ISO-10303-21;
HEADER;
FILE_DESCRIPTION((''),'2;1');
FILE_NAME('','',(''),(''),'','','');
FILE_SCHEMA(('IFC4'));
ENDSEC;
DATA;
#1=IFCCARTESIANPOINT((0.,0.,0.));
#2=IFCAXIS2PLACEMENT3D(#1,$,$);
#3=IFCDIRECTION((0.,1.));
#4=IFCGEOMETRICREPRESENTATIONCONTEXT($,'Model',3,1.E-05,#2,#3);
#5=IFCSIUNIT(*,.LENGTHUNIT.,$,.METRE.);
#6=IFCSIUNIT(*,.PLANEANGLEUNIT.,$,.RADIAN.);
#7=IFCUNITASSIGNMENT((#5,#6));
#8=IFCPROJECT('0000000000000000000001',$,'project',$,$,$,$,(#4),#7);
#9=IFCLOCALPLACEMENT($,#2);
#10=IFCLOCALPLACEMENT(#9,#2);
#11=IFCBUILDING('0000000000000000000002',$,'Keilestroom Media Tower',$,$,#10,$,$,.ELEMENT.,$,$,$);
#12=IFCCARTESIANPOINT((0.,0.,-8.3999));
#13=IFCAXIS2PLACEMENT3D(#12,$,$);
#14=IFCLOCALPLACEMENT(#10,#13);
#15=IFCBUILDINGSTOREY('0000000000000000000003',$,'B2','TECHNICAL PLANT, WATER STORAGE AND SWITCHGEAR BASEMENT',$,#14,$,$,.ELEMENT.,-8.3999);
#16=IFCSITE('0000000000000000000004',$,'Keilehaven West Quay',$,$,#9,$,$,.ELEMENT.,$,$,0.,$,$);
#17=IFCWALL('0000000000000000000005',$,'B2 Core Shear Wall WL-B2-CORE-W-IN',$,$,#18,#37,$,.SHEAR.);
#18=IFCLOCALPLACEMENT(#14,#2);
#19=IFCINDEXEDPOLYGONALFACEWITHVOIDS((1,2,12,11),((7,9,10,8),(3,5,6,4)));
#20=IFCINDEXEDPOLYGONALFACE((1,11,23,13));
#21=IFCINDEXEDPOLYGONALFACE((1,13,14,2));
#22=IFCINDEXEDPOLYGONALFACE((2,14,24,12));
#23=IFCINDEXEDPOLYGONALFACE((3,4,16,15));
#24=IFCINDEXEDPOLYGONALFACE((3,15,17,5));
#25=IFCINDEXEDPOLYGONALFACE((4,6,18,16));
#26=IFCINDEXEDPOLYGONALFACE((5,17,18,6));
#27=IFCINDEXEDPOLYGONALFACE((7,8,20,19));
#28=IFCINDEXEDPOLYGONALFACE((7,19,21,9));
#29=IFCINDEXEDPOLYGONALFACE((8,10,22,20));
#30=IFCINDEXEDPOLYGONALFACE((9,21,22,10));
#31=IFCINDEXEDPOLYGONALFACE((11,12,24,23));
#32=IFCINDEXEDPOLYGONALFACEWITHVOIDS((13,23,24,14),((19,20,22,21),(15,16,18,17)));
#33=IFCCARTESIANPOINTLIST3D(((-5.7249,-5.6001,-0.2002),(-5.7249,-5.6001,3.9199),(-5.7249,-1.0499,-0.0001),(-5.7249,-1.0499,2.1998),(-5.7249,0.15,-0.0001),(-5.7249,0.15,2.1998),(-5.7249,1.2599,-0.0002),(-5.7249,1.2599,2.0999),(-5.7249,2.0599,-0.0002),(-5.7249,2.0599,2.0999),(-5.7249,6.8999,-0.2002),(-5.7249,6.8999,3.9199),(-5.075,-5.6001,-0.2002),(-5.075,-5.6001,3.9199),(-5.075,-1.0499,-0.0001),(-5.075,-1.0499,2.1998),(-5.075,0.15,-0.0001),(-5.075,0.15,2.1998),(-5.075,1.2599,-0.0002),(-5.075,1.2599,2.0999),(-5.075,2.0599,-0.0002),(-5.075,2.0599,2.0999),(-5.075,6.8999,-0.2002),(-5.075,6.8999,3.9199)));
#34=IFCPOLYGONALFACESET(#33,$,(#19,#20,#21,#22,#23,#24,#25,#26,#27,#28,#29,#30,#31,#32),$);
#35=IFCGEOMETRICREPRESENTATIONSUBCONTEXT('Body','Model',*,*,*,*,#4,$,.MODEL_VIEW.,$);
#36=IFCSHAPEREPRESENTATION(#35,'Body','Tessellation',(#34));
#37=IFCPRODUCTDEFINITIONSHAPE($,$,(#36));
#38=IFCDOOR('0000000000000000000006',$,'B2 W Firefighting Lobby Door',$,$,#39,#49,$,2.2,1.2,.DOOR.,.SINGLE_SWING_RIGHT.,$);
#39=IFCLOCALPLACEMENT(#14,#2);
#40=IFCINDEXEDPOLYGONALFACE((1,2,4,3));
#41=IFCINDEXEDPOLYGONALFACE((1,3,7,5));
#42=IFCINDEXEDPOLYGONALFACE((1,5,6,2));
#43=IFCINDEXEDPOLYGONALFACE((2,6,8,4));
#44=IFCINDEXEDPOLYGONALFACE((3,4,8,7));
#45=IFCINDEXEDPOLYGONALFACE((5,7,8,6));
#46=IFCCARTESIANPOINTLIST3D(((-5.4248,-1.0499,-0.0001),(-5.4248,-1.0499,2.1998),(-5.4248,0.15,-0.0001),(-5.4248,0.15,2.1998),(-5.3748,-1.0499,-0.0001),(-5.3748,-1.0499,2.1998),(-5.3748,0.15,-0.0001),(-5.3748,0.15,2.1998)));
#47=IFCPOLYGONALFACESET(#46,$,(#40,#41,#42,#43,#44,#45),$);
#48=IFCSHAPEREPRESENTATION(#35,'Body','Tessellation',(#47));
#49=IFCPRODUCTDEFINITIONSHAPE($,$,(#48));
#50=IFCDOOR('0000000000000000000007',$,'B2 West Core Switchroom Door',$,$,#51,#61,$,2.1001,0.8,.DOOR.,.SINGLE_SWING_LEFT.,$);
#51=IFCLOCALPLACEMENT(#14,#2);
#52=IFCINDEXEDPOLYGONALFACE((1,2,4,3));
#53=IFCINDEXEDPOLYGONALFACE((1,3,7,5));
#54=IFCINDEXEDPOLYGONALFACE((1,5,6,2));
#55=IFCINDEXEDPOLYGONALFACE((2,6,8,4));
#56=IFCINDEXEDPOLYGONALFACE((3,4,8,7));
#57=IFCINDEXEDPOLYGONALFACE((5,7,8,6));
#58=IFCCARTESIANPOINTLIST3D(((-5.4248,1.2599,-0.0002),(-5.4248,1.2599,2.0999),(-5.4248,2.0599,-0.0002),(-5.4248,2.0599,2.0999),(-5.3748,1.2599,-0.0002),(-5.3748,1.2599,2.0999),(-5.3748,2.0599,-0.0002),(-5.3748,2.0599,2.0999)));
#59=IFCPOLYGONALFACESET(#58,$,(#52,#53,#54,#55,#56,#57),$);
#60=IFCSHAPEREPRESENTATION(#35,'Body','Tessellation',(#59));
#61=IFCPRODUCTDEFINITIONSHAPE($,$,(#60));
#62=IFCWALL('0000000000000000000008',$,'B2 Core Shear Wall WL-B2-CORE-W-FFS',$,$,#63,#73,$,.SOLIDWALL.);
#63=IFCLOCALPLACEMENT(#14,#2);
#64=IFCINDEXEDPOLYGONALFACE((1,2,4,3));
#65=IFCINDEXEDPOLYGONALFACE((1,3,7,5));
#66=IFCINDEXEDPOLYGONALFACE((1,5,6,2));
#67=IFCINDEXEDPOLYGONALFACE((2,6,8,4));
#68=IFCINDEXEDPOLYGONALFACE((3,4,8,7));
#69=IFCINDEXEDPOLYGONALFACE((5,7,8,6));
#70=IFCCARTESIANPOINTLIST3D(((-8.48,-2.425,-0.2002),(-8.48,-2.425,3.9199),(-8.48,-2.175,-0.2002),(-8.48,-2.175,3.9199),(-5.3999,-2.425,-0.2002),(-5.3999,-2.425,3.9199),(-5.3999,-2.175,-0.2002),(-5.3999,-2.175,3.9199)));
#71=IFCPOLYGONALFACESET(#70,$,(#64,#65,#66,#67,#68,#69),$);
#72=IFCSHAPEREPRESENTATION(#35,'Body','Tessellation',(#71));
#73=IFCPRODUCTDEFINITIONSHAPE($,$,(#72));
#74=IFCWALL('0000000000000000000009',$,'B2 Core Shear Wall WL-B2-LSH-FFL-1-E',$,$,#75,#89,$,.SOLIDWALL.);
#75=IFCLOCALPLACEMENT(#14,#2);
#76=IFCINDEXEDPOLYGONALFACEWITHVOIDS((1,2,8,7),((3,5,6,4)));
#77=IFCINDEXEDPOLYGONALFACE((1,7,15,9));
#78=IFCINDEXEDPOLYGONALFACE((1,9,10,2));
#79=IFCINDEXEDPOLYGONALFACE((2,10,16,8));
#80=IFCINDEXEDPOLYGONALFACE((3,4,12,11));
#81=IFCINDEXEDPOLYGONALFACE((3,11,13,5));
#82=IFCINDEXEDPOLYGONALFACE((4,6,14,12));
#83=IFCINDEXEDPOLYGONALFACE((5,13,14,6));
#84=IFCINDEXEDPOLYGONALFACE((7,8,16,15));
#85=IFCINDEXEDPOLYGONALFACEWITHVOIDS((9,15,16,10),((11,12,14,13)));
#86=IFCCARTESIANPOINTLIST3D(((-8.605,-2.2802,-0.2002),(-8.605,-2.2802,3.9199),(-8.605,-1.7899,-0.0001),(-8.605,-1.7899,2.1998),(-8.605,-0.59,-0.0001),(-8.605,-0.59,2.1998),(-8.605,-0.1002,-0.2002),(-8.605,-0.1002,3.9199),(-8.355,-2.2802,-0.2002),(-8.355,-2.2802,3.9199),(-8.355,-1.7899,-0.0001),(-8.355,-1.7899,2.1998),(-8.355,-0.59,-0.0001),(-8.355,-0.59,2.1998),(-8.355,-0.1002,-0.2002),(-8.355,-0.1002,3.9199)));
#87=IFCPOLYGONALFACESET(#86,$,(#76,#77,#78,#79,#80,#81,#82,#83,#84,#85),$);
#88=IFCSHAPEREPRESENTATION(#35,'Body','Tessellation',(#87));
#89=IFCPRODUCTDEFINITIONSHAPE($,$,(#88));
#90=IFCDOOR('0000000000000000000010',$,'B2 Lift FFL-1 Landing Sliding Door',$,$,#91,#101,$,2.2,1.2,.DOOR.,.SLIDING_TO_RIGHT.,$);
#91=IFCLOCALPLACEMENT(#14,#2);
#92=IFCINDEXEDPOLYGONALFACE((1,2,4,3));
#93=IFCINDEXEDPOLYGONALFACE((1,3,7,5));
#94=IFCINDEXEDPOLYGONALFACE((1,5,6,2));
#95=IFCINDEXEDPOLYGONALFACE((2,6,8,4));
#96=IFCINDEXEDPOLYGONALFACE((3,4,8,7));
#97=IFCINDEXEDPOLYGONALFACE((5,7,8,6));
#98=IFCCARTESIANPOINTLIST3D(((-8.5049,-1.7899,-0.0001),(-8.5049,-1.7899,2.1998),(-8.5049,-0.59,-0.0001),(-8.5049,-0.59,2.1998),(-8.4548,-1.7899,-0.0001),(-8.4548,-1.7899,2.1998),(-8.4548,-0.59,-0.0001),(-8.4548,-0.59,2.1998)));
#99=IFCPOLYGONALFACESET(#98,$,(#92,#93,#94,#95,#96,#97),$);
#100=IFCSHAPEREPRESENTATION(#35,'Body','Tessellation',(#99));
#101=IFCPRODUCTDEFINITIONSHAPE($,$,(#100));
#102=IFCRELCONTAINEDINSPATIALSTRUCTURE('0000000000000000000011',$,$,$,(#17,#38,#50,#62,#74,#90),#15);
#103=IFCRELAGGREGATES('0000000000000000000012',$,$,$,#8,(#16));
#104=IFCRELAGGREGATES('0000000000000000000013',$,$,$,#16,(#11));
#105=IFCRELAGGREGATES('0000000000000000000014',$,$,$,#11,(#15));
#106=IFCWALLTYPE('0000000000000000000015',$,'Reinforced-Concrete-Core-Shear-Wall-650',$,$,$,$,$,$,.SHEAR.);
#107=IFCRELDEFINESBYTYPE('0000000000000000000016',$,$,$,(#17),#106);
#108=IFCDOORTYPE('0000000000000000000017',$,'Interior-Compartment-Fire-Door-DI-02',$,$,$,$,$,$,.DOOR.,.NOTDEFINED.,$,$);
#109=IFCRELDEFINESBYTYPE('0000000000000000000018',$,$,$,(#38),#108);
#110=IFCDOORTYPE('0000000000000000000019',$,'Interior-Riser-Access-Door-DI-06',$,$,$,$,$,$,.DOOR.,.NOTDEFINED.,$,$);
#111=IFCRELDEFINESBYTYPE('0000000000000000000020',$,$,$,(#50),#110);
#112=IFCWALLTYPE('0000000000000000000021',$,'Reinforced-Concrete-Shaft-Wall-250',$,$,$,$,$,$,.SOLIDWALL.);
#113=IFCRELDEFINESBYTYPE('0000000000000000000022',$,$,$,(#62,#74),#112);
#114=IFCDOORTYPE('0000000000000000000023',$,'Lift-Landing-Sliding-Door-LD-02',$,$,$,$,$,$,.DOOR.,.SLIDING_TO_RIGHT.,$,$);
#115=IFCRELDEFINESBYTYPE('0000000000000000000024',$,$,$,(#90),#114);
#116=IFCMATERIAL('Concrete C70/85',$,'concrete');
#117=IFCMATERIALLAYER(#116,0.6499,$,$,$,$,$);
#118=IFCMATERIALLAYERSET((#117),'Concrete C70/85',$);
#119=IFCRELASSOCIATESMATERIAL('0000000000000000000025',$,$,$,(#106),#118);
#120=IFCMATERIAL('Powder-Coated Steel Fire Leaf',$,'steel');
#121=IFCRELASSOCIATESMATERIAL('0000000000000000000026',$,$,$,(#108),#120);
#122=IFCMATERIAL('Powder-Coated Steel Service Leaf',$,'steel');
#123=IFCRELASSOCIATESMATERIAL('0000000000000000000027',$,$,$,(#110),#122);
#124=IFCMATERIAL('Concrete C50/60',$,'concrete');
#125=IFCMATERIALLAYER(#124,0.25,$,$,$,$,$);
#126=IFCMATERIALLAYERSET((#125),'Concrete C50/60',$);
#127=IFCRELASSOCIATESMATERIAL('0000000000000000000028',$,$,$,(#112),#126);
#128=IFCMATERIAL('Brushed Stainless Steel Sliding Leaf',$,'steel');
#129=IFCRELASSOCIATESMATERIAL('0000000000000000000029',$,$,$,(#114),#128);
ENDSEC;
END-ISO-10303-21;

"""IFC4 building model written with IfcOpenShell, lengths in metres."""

from ifc_helpers import new_model, si_unit, direction, frame, frame_2d, origin, place, context, subcontext, project, spatial, rectangle, extrude, source, transform, mapped, material, layer, layer_set, type_object, element, fill, save


model = new_model("IFC4")

# Units and contexts
model_context = context("Model", 3, precision=1e-05, world=origin(), true_north=direction((0.0, 1.0)))
body_context = subcontext(model_context, "Body", "Model", "MODEL_VIEW")
ifc_project = project(units=[si_unit("LENGTHUNIT", "METRE"), si_unit("PLANEANGLEUNIT", "RADIAN")], contexts=[model_context])

# Site, building, storey
site_placement = place(None, origin())
site = spatial("IfcSite", under=ifc_project, at=site_placement, Name="Keilehaven West Quay", CompositionType="ELEMENT", RefElevation=0.0)
building_placement = place(site_placement, origin())
building = spatial("IfcBuilding", under=site, at=building_placement, Name="Keilestroom Media Tower", CompositionType="ELEMENT")
storey_placement = place(building_placement, frame((0.0, 0.0, -8.3999)))
storey = spatial("IfcBuildingStorey", under=building, at=storey_placement, Name="B2", Description="TECHNICAL PLANT, WATER STORAGE AND SWITCHGEAR BASEMENT", CompositionType="ELEMENT", Elevation=-8.3999)

# Shared definitions
ifc_material_1 = material(Name="Concrete C70/85", Category="concrete")

# Wall, openings, doors
ifc_layer_1 = layer(ifc_material_1, 0.6499)
ifc_layer_set_1 = layer_set([ifc_layer_1], Name="Concrete C70/85")
wall_type_1 = type_object("IfcWallType", Name="Reinforced-Concrete-Core-Shear-Wall-650", PredefinedType="SHEAR", material=ifc_layer_set_1)
wall_1_placement = place(storey_placement, frame((-5.3999, -5.6001, -0.2002), z_axis=(0.0, 0.0, 1.0), x_axis=(0.0, 1.0, 0.0)))
wall_1 = element("IfcWall", 1, at=wall_1_placement, inside=storey, type_object=wall_type_1, Name="B2 Core Shear Wall WL-B2-CORE-W-IN", PredefinedType="SHEAR", context=body_context, shape_type="SweptSolid", body=[
    extrude(rectangle(XDim=12.5, YDim=0.6499, at=frame_2d((6.25, 0.0))), origin(), (0.0, 0.0, 1.0), 4.1201),
])
opening_1_placement = place(wall_1_placement, frame((4.55, 0.0, 0.2)))
opening_1 = element("IfcOpeningElement", 2, at=opening_1_placement, cuts=wall_1, PredefinedType="OPENING", context=body_context, shape_type="SweptSolid", body=[
    extrude(rectangle(XDim=1.2, YDim=2.2, at=frame_2d((0.6001, 1.1001))), frame((0.0, 0.335, 0.0), z_axis=(0.0, -1.0, 0.0), x_axis=(1.0, 0.0, 0.0)), (0.0, 0.0, 1.0), 0.6699),
])
opening_2_placement = place(wall_1_placement, frame((6.8601, 0.0, 0.2)))
opening_2 = element("IfcOpeningElement", 3, at=opening_2_placement, cuts=wall_1, PredefinedType="OPENING", context=body_context, shape_type="SweptSolid", body=[
    extrude(rectangle(XDim=0.8, YDim=2.1001, at=frame_2d((0.3999, 1.05))), frame((0.0, 0.335, 0.0), z_axis=(0.0, -1.0, 0.0), x_axis=(1.0, 0.0, 0.0)), (0.0, 0.0, 1.0), 0.6699),
])
ifc_material_2 = material(Name="Powder-Coated Steel Fire Leaf", Category="steel")
door_type_1 = type_object("IfcDoorType", Name="Interior-Compartment-Fire-Door-DI-02", OperationType="NOTDEFINED", PredefinedType="DOOR", material=ifc_material_2)
shared_shape_1 = source(origin(), body_context, "Body", "SweptSolid", [
    extrude(rectangle(XDim=1.2, YDim=2.2, at=frame_2d((0.6001, 1.1001))), frame((0.0, 0.0249, 0.0), z_axis=(0.0, -1.0, 0.0), x_axis=(1.0, 0.0, 0.0)), (0.0, 0.0, 1.0), 0.05),
])
door_1_placement = place(opening_1_placement, origin())
door_1 = element("IfcDoor", 4, at=door_1_placement, inside=storey, type_object=door_type_1, Name="B2 W Firefighting Lobby Door", OperationType="SINGLE_SWING_RIGHT", OverallHeight=2.2, OverallWidth=1.2, PredefinedType="DOOR", context=body_context, shape_type="MappedRepresentation", body=[
    mapped(shared_shape_1, transform((0.0, 0.0, 0.0), x_axis=(1.0, 0.0, 0.0), y_axis=(0.0, 1.0, 0.0), z_axis=(0.0, 0.0, 1.0), scale=1.0)),
])
fill(opening_1, door_1)
ifc_material_3 = material(Name="Powder-Coated Steel Service Leaf", Category="steel")
door_type_2 = type_object("IfcDoorType", Name="Interior-Riser-Access-Door-DI-06", OperationType="NOTDEFINED", PredefinedType="DOOR", material=ifc_material_3)
shared_shape_2 = source(origin(), body_context, "Body", "SweptSolid", [
    extrude(rectangle(XDim=0.8, YDim=2.1001, at=frame_2d((0.3999, 1.05))), frame((0.0, 0.0249, 0.0), z_axis=(0.0, -1.0, 0.0), x_axis=(1.0, 0.0, 0.0)), (0.0, 0.0, 1.0), 0.05),
])
door_2_placement = place(opening_2_placement, origin())
door_2 = element("IfcDoor", 5, at=door_2_placement, inside=storey, type_object=door_type_2, Name="B2 West Core Switchroom Door", OperationType="SINGLE_SWING_LEFT", OverallHeight=2.1001, OverallWidth=0.8, PredefinedType="DOOR", context=body_context, shape_type="MappedRepresentation", body=[
    mapped(shared_shape_2, transform((0.0, 0.0, 0.0), x_axis=(1.0, 0.0, 0.0), y_axis=(0.0, 1.0, 0.0), z_axis=(0.0, 0.0, 1.0), scale=1.0)),
])
fill(opening_2, door_2)

# Wall
ifc_material_4 = material(Name="Concrete C50/60", Category="concrete")
ifc_layer_2 = layer(ifc_material_4, 0.25)
ifc_layer_set_2 = layer_set([ifc_layer_2], Name="Concrete C50/60")
wall_type_2 = type_object("IfcWallType", Name="Reinforced-Concrete-Shaft-Wall-250", PredefinedType="SOLIDWALL", material=ifc_layer_set_2)
wall_2_placement = place(storey_placement, frame((-8.48, -2.3, -0.2002), z_axis=(0.0, 0.0, 1.0), x_axis=(1.0, 0.0, 0.0)))
element("IfcWall", 6, at=wall_2_placement, inside=storey, type_object=wall_type_2, Name="B2 Core Shear Wall WL-B2-CORE-W-FFS", PredefinedType="SOLIDWALL", context=body_context, shape_type="SweptSolid", body=[
    extrude(rectangle(XDim=3.0801, YDim=0.25, at=frame_2d((1.54, 0.0))), origin(), (0.0, 0.0, 1.0), 4.1201),
])

# Wall, opening, door
wall_3_placement = place(storey_placement, frame((-8.48, -2.28, -0.2002), z_axis=(0.0, 0.0, 1.0), x_axis=(0.0, 1.0, 0.0)))
wall_3 = element("IfcWall", 7, at=wall_3_placement, inside=storey, type_object=wall_type_2, Name="B2 Core Shear Wall WL-B2-LSH-FFL-1-E", PredefinedType="SOLIDWALL", context=body_context, shape_type="SweptSolid", body=[
    extrude(rectangle(XDim=2.1799, YDim=0.25, at=frame_2d((1.0898, 0.0))), origin(), (0.0, 0.0, 1.0), 4.1201),
])
opening_3_placement = place(wall_3_placement, frame((0.49, 0.0, 0.2)))
opening_3 = element("IfcOpeningElement", 8, at=opening_3_placement, cuts=wall_3, PredefinedType="OPENING", context=body_context, shape_type="SweptSolid", body=[
    extrude(rectangle(XDim=1.2, YDim=2.2, at=frame_2d((0.6001, 1.1001))), frame((0.0, 0.135, 0.0), z_axis=(0.0, -1.0, 0.0), x_axis=(1.0, 0.0, 0.0)), (0.0, 0.0, 1.0), 0.27),
])
ifc_material_5 = material(Name="Brushed Stainless Steel Sliding Leaf", Category="steel")
door_type_3 = type_object("IfcDoorType", Name="Lift-Landing-Sliding-Door-LD-02", OperationType="SLIDING_TO_RIGHT", PredefinedType="DOOR", material=ifc_material_5)
door_3_placement = place(opening_3_placement, origin())
door_3 = element("IfcDoor", 9, at=door_3_placement, inside=storey, type_object=door_type_3, Name="B2 Lift FFL-1 Landing Sliding Door", OperationType="SLIDING_TO_RIGHT", OverallHeight=2.2, OverallWidth=1.2, PredefinedType="DOOR", context=body_context, shape_type="MappedRepresentation", body=[
    mapped(shared_shape_1, transform((0.0, 0.0, 0.0), x_axis=(1.0, 0.0, 0.0), y_axis=(0.0, 1.0, 0.0), z_axis=(0.0, 0.0, 1.0), scale=1.0)),
])
fill(opening_3, door_3)

save(model, "model.ifc")
